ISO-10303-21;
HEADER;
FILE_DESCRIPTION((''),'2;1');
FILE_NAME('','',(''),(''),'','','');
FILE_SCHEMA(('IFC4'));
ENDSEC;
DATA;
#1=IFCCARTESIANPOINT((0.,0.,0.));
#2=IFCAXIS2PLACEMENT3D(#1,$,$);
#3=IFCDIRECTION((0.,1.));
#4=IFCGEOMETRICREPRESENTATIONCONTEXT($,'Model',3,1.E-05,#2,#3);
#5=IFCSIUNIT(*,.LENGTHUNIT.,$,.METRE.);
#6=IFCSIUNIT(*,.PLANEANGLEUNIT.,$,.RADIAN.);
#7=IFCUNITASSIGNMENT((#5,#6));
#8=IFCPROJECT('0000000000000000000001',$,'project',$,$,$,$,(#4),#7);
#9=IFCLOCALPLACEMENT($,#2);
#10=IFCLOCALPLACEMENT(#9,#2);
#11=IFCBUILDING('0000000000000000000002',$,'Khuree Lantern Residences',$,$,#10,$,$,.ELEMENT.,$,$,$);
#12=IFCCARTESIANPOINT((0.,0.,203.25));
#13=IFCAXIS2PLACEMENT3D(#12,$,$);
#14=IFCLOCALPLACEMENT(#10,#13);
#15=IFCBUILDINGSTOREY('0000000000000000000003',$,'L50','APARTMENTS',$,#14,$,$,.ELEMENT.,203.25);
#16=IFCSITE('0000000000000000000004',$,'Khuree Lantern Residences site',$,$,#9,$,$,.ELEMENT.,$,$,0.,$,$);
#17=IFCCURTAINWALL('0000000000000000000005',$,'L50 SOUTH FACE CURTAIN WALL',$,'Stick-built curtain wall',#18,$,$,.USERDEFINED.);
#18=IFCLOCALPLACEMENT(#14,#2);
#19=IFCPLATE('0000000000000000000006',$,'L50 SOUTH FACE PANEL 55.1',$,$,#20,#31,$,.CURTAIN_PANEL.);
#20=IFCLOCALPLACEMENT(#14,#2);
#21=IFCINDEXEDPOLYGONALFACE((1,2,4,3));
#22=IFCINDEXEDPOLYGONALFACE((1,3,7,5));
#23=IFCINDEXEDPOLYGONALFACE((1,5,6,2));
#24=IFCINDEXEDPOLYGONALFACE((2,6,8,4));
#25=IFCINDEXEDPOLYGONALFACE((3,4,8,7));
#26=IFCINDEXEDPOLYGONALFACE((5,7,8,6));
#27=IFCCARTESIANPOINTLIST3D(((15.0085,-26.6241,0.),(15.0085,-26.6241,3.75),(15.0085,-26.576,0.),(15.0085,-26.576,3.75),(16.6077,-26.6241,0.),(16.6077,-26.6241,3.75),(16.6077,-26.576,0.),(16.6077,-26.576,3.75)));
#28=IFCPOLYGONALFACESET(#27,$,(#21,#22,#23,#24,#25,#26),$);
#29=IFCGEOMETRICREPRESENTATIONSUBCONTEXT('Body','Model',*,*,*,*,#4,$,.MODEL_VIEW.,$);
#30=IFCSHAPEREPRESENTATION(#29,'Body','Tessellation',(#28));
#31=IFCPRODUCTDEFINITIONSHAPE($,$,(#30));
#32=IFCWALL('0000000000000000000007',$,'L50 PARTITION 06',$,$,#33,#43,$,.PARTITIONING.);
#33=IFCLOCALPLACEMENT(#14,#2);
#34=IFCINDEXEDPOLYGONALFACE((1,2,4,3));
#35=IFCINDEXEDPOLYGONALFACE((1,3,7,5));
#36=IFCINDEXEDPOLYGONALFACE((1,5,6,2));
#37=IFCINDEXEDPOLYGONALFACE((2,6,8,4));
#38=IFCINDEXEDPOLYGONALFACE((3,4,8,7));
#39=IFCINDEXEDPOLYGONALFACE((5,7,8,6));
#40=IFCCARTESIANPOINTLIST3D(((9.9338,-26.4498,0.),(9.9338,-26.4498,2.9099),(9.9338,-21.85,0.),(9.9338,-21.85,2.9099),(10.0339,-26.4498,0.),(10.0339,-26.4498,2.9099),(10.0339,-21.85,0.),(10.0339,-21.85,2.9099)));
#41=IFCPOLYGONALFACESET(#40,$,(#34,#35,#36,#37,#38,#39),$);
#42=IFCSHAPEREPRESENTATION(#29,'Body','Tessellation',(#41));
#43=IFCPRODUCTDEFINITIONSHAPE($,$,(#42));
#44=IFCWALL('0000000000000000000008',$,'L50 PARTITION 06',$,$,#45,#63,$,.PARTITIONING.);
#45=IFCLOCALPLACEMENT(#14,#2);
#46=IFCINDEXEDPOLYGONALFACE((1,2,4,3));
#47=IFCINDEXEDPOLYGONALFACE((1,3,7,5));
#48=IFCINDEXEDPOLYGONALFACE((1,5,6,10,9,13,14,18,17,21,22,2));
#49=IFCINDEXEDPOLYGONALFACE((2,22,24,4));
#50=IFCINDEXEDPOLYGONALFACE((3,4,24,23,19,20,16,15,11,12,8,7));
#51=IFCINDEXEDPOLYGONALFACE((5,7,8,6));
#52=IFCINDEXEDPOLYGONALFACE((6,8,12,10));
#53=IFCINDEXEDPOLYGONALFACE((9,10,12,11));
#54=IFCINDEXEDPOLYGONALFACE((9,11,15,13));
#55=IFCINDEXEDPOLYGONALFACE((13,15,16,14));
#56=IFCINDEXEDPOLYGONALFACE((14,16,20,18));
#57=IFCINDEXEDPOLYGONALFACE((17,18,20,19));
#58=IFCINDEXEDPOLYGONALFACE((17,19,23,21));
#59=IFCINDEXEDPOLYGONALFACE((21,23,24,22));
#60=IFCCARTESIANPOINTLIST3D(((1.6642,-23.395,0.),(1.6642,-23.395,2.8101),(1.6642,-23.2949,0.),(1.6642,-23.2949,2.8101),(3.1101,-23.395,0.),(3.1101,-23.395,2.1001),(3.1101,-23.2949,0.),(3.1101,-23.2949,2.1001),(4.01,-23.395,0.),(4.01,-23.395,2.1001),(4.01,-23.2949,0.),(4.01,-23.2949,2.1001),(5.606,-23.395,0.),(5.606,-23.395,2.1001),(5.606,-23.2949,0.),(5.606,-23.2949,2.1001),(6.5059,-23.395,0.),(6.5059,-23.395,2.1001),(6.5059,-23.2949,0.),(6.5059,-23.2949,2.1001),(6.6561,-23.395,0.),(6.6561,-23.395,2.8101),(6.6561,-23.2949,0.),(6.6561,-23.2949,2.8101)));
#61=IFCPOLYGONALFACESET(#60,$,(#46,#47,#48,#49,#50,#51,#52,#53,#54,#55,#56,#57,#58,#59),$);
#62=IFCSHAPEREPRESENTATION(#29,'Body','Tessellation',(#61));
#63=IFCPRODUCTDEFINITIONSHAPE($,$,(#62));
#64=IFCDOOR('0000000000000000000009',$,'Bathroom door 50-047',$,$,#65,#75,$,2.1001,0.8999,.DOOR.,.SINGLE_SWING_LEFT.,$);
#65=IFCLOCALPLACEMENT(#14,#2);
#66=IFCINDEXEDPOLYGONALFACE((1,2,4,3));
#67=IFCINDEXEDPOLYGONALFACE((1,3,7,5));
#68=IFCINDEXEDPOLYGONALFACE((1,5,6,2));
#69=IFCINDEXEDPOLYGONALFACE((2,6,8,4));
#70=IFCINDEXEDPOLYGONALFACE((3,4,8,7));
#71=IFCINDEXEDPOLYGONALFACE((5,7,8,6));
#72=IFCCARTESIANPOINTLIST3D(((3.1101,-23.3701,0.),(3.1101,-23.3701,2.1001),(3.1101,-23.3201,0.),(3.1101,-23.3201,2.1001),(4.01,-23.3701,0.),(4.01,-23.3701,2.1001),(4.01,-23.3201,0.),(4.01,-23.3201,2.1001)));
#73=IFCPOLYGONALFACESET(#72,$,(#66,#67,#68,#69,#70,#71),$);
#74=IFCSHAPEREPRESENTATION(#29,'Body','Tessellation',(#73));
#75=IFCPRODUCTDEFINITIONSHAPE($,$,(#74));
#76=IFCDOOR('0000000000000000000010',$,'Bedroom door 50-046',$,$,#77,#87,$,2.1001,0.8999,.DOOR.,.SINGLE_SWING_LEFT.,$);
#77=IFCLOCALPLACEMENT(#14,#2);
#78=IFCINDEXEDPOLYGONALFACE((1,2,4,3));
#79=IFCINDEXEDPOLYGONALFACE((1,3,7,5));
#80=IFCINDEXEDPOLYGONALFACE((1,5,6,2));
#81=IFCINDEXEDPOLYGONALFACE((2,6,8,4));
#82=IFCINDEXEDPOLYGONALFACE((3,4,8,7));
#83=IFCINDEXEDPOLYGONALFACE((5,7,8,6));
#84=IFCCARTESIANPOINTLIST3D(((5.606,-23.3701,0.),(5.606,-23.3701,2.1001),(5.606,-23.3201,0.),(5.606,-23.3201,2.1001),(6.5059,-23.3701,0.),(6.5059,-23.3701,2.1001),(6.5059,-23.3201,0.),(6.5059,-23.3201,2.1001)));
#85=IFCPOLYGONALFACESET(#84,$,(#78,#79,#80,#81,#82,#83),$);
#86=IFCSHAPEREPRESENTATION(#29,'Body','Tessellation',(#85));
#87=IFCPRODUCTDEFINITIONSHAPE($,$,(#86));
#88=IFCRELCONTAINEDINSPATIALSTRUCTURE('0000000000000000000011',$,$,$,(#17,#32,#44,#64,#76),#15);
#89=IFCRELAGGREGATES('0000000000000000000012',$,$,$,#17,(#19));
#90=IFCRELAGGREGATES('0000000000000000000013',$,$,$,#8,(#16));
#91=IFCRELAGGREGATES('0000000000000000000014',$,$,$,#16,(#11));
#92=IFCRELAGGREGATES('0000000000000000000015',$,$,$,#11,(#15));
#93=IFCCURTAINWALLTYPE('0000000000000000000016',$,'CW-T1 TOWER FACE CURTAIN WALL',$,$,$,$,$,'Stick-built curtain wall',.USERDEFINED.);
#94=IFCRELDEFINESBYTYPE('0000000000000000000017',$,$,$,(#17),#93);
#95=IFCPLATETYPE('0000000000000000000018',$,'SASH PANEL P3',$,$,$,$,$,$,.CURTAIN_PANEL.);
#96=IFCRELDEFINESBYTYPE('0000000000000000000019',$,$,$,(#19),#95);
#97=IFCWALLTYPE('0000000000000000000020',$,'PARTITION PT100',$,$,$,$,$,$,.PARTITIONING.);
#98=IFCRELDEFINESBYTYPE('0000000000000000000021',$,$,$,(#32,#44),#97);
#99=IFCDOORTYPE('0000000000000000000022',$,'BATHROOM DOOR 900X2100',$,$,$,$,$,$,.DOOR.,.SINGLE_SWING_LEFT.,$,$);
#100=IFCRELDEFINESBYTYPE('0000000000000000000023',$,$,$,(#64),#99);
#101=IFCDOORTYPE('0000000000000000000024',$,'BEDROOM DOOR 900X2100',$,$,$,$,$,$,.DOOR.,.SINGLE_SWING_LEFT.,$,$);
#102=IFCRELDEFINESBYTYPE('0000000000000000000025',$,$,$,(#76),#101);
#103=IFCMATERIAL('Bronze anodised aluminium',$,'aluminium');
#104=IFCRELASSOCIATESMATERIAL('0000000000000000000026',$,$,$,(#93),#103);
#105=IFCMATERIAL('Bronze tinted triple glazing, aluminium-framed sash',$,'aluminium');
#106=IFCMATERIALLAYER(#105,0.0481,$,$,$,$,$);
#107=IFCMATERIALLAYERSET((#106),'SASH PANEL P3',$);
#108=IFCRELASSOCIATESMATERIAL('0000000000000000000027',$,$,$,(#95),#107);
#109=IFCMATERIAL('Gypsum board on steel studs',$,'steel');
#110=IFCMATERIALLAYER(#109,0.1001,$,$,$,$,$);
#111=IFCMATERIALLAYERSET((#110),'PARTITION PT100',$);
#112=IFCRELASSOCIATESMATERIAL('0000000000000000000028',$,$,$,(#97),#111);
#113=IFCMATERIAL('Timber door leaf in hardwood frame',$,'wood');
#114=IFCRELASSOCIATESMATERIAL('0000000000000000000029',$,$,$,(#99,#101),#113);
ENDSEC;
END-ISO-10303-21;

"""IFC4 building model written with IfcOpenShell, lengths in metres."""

from ifc_helpers import new_model, si_unit, direction, frame, frame_2d, origin, origin_2d, place, context, subcontext, project, spatial, rectangle, extrude, material, layer, layer_set, type_object, element, fill, aggregate, save


model = new_model("IFC4")

# Units and contexts
model_context = context("Model", 3, precision=1e-05, world=origin(), true_north=direction((0.0, 1.0)))
body_context = subcontext(model_context, "Body", "Model", "MODEL_VIEW")
ifc_project = project(units=[si_unit("LENGTHUNIT", "METRE"), si_unit("PLANEANGLEUNIT", "RADIAN")], contexts=[model_context])

# Site, building, storey
site_placement = place(None, origin())
site = spatial("IfcSite", under=ifc_project, at=site_placement, Name="Khuree Lantern Residences site", CompositionType="ELEMENT", RefElevation=0.0)
building_placement = place(site_placement, origin())
building = spatial("IfcBuilding", under=site, at=building_placement, Name="Khuree Lantern Residences", CompositionType="ELEMENT")
storey_placement = place(building_placement, frame((0.0, 0.0, 203.25)))
storey = spatial("IfcBuildingStorey", under=building, at=storey_placement, Name="L50", Description="APARTMENTS", CompositionType="ELEMENT", Elevation=203.25)

# Curtain wall
ifc_material_1 = material(Name="Bronze anodised aluminium", Category="aluminium")
curtain_wall_type = type_object("IfcCurtainWallType", Name="CW-T1 TOWER FACE CURTAIN WALL", ElementType="Stick-built curtain wall", PredefinedType="USERDEFINED", material=ifc_material_1)
curtain_wall_placement = place(storey_placement, origin())
curtain_wall = element("IfcCurtainWall", 1, at=curtain_wall_placement, inside=storey, type_object=curtain_wall_type, Name="L50 SOUTH FACE CURTAIN WALL", ObjectType="Stick-built curtain wall", PredefinedType="USERDEFINED")

# Plate
ifc_material_2 = material(Name="Bronze tinted triple glazing, aluminium-framed sash", Category="aluminium")
ifc_layer_1 = layer(ifc_material_2, 0.0481)
ifc_layer_set_1 = layer_set([ifc_layer_1], Name="SASH PANEL P3")
plate_type_1 = type_object("IfcPlateType", Name="SASH PANEL P3", PredefinedType="CURTAIN_PANEL", material=ifc_layer_set_1)
plate_1_placement = place(storey_placement, frame((15.8081, -26.6001, 0.0), z_axis=(0.0, 0.0, 1.0), x_axis=(1.0, 0.0, 0.0)))
plate_1 = element("IfcPlate", 2, at=plate_1_placement, type_object=plate_type_1, Name="L50 SOUTH FACE PANEL 55.1", PredefinedType="CURTAIN_PANEL", context=body_context, shape_type="SweptSolid", body=[
    extrude(rectangle(XDim=1.5991, YDim=0.0481, at=origin_2d()), origin(), (0.0, 0.0, 1.0), 3.75),
])
aggregate(curtain_wall, [plate_1])

# Wall
ifc_material_3 = material(Name="Gypsum board on steel studs", Category="steel")
ifc_layer_2 = layer(ifc_material_3, 0.1001)
ifc_layer_set_2 = layer_set([ifc_layer_2], Name="PARTITION PT100")
wall_type = type_object("IfcWallType", Name="PARTITION PT100", PredefinedType="PARTITIONING", material=ifc_layer_set_2)
wall_1_placement = place(storey_placement, frame((9.9839, -21.8501, 0.0), z_axis=(0.0, 0.0, 1.0), x_axis=(0.0, -1.0, 0.0)))
element("IfcWall", 3, at=wall_1_placement, inside=storey, type_object=wall_type, Name="L50 PARTITION 06", PredefinedType="PARTITIONING", context=body_context, shape_type="SweptSolid", body=[
    extrude(rectangle(XDim=4.5999, YDim=0.1001, at=frame_2d((2.2998, 0.0))), origin(), (0.0, 0.0, 1.0), 2.9099),
])

# Wall, openings, doors
wall_2_placement = place(storey_placement, frame((1.6641, -23.345, 0.0), z_axis=(0.0, 0.0, 1.0), x_axis=(1.0, 0.0, 0.0)))
wall_2 = element("IfcWall", 4, at=wall_2_placement, inside=storey, type_object=wall_type, Name="L50 PARTITION 06", PredefinedType="PARTITIONING", context=body_context, shape_type="SweptSolid", body=[
    extrude(rectangle(XDim=4.9919, YDim=0.1001, at=frame_2d((2.4961, 0.0))), origin(), (0.0, 0.0, 1.0), 2.8101),
])
opening_1_placement = place(wall_2_placement, frame((3.9419, 0.0, 0.0)))
opening_1 = element("IfcOpeningElement", 5, at=opening_1_placement, cuts=wall_2, PredefinedType="OPENING", context=body_context, shape_type="SweptSolid", body=[
    extrude(rectangle(XDim=0.8999, YDim=2.1001, at=frame_2d((0.45, 1.05))), frame((0.0, 0.0601, 0.0), z_axis=(0.0, -1.0, 0.0), x_axis=(1.0, 0.0, 0.0)), (0.0, 0.0, 1.0), 0.1201),
])
opening_2_placement = place(wall_2_placement, frame((1.446, 0.0, 0.0)))
opening_2 = element("IfcOpeningElement", 6, at=opening_2_placement, cuts=wall_2, PredefinedType="OPENING", context=body_context, shape_type="SweptSolid", body=[
    extrude(rectangle(XDim=0.8999, YDim=2.1001, at=frame_2d((0.45, 1.05))), frame((0.0, 0.0601, 0.0), z_axis=(0.0, -1.0, 0.0), x_axis=(1.0, 0.0, 0.0)), (0.0, 0.0, 1.0), 0.1201),
])
ifc_material_4 = material(Name="Timber door leaf in hardwood frame", Category="wood")
door_type_1 = type_object("IfcDoorType", Name="BATHROOM DOOR 900X2100", OperationType="SINGLE_SWING_LEFT", PredefinedType="DOOR", material=ifc_material_4)
door_1_placement = place(opening_2_placement, origin())
door_1 = element("IfcDoor", 7, at=door_1_placement, inside=storey, type_object=door_type_1, Name="Bathroom door 50-047", OperationType="SINGLE_SWING_LEFT", OverallHeight=2.1001, OverallWidth=0.8999, PredefinedType="DOOR", context=body_context, shape_type="SweptSolid", body=[
    extrude(rectangle(XDim=0.8999, YDim=2.1001, at=frame_2d((0.45, 1.05))), frame((0.0, 0.0249, 0.0), z_axis=(0.0, -1.0, 0.0), x_axis=(1.0, 0.0, 0.0)), (0.0, 0.0, 1.0), 0.05),
])
fill(opening_2, door_1)
door_type_2 = type_object("IfcDoorType", Name="BEDROOM DOOR 900X2100", OperationType="SINGLE_SWING_LEFT", PredefinedType="DOOR", material=ifc_material_4)
door_2_placement = place(opening_1_placement, origin())
door_2 = element("IfcDoor", 8, at=door_2_placement, inside=storey, type_object=door_type_2, Name="Bedroom door 50-046", OperationType="SINGLE_SWING_LEFT", OverallHeight=2.1001, OverallWidth=0.8999, PredefinedType="DOOR", context=body_context, shape_type="SweptSolid", body=[
    extrude(rectangle(XDim=0.8999, YDim=2.1001, at=frame_2d((0.45, 1.05))), frame((0.0, 0.0249, 0.0), z_axis=(0.0, -1.0, 0.0), x_axis=(1.0, 0.0, 0.0)), (0.0, 0.0, 1.0), 0.05),
])
fill(opening_1, door_2)

save(model, "model.ifc")
